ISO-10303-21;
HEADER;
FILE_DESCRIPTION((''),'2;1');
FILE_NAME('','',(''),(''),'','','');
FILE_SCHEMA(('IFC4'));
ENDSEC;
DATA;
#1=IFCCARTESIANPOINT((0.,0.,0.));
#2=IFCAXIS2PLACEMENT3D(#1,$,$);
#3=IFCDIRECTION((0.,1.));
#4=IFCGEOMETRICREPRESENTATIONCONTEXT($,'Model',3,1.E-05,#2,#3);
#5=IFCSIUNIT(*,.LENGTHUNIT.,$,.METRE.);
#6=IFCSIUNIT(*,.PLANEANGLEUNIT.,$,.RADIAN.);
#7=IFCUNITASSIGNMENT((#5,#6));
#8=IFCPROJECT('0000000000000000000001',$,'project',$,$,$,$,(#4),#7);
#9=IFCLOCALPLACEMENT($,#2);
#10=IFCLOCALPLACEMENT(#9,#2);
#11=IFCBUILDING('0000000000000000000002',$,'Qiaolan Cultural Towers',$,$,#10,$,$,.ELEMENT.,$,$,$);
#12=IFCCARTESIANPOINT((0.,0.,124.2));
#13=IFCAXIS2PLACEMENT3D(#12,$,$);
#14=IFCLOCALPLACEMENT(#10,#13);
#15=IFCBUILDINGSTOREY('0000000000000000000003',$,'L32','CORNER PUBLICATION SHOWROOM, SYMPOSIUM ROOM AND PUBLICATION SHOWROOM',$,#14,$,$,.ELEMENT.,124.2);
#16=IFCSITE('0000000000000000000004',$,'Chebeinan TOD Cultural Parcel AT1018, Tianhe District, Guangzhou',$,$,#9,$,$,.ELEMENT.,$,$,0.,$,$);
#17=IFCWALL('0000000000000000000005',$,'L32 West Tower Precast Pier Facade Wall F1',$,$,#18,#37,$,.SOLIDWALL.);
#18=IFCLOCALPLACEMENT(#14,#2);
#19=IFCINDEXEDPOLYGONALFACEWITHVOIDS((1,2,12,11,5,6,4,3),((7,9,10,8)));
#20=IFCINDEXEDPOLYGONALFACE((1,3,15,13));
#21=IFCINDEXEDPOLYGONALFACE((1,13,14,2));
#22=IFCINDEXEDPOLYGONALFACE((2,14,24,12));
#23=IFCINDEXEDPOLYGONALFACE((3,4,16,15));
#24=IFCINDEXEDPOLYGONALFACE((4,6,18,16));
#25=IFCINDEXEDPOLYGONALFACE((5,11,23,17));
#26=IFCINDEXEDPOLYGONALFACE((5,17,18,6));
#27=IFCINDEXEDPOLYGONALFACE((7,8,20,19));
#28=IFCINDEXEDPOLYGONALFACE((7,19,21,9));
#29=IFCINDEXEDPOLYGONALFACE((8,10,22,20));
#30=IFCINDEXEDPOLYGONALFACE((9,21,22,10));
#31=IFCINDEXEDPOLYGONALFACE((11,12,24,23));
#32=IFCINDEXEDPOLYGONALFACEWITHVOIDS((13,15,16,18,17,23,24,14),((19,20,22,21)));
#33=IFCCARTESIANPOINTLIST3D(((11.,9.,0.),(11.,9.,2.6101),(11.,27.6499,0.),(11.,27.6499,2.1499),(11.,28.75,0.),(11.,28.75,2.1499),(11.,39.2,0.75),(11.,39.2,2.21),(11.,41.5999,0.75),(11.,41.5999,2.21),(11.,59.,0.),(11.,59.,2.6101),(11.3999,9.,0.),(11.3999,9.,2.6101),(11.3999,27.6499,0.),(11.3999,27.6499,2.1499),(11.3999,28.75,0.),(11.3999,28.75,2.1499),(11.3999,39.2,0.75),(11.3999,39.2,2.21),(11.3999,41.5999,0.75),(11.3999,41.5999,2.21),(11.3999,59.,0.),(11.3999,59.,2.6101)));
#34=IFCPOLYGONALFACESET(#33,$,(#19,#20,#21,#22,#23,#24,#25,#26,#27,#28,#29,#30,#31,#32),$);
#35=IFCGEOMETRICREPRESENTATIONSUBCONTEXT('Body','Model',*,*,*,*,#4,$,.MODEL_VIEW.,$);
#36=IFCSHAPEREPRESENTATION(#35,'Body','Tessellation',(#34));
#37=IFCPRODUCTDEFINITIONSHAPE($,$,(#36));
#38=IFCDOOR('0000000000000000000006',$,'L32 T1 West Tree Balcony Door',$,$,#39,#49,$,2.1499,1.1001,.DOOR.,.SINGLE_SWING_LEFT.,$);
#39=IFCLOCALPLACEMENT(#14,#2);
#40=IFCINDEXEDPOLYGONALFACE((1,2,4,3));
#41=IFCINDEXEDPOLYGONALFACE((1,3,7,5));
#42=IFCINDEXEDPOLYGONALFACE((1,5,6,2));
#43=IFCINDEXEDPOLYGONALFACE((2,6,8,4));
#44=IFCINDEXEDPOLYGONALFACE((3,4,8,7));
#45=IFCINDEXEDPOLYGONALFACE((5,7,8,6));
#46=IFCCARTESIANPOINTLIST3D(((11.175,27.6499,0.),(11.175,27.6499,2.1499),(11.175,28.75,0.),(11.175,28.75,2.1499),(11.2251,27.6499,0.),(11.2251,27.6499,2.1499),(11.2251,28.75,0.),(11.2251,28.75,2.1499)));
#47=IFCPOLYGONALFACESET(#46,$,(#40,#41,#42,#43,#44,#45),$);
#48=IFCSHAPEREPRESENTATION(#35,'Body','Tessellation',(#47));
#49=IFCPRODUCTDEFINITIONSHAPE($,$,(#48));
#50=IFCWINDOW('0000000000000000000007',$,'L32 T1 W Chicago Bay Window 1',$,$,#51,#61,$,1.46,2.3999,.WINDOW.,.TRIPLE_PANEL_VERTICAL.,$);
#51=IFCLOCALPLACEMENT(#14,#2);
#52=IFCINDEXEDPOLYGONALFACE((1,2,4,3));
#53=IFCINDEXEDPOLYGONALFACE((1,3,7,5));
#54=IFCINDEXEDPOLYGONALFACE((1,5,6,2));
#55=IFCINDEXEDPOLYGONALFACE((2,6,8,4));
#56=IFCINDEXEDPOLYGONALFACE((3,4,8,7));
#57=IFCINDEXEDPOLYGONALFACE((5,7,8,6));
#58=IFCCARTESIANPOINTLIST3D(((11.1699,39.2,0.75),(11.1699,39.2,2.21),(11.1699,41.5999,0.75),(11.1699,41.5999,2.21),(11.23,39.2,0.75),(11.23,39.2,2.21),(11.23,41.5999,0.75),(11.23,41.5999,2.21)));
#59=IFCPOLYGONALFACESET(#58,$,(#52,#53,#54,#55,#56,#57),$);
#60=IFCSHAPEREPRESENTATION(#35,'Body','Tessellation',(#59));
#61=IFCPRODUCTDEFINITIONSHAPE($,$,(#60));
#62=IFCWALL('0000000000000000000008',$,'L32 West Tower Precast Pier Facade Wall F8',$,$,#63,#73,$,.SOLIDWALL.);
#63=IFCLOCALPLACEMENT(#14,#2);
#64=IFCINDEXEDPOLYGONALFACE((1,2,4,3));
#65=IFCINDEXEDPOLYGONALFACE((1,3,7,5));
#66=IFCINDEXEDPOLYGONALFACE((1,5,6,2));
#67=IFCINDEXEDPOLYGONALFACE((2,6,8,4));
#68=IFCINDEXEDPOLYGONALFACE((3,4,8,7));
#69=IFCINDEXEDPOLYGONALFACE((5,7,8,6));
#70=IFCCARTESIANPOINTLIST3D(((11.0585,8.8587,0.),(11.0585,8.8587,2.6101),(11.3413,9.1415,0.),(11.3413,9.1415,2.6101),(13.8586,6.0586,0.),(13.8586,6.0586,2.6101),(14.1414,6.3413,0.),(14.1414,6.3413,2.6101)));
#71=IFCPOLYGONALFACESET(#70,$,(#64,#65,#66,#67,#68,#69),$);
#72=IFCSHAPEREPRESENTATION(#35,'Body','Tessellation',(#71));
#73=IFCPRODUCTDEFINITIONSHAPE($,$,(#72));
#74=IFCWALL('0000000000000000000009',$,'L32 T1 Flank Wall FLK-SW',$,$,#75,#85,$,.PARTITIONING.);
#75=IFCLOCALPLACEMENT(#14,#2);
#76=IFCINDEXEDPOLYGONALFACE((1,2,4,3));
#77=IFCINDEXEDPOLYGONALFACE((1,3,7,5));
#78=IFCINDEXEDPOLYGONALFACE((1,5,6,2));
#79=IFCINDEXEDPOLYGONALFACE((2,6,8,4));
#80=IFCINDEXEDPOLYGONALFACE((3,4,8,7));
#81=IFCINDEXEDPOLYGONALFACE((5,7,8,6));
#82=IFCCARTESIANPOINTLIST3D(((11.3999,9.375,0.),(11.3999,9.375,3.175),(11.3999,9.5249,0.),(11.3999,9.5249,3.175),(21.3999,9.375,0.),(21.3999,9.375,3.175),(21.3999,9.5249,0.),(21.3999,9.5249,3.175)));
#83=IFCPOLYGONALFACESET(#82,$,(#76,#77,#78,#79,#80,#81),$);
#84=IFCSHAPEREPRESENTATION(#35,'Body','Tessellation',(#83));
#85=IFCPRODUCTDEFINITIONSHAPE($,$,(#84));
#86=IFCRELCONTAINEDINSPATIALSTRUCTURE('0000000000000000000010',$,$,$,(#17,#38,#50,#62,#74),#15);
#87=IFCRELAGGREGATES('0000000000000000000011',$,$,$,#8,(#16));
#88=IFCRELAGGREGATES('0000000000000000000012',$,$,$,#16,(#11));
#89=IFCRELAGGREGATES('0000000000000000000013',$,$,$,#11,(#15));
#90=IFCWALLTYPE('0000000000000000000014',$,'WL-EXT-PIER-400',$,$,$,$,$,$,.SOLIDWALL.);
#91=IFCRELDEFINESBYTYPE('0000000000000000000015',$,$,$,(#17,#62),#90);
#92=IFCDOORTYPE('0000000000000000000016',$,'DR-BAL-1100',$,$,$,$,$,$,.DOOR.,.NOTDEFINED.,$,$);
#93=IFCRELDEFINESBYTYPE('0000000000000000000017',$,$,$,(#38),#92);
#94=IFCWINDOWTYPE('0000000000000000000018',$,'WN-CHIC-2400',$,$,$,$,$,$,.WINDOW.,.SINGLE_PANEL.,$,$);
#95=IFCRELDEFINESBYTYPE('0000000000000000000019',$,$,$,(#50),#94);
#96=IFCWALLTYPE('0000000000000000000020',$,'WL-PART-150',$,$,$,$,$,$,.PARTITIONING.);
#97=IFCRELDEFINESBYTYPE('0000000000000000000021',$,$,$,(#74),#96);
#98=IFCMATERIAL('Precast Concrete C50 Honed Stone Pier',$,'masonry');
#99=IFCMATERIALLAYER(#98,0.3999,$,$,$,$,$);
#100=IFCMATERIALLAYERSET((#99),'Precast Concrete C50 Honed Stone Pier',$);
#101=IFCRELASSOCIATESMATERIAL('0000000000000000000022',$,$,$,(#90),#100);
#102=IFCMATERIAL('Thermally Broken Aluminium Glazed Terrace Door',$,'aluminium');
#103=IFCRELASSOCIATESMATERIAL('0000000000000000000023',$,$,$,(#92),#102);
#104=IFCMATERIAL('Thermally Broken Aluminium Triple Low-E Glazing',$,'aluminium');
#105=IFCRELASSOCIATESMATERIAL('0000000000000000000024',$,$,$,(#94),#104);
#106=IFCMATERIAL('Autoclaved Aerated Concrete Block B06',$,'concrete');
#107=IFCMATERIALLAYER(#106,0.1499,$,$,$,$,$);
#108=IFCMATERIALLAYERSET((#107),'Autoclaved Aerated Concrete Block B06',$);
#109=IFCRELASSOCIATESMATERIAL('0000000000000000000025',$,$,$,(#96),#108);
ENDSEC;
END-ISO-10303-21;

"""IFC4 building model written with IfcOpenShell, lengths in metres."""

from ifc_helpers import new_model, si_unit, direction, frame, frame_2d, origin, place, context, subcontext, project, spatial, rectangle, extrude, material, layer, layer_set, type_object, element, fill, save


model = new_model("IFC4")

# Units and contexts
model_context = context("Model", 3, precision=1e-05, world=origin(), true_north=direction((0.0, 1.0)))
body_context = subcontext(model_context, "Body", "Model", "MODEL_VIEW")
ifc_project = project(units=[si_unit("LENGTHUNIT", "METRE"), si_unit("PLANEANGLEUNIT", "RADIAN")], contexts=[model_context])

# Site, building, storey
site_placement = place(None, origin())
site = spatial("IfcSite", under=ifc_project, at=site_placement, Name="Chebeinan TOD Cultural Parcel AT1018, Tianhe District, Guangzhou", CompositionType="ELEMENT", RefElevation=0.0)
building_placement = place(site_placement, origin())
building = spatial("IfcBuilding", under=site, at=building_placement, Name="Qiaolan Cultural Towers", CompositionType="ELEMENT")
storey_placement = place(building_placement, frame((0.0, 0.0, 124.2)))
storey = spatial("IfcBuildingStorey", under=building, at=storey_placement, Name="L32", Description="CORNER PUBLICATION SHOWROOM, SYMPOSIUM ROOM AND PUBLICATION SHOWROOM", CompositionType="ELEMENT", Elevation=124.2)

# Wall, openings, door, window
ifc_material_1 = material(Name="Precast Concrete C50 Honed Stone Pier", Category="masonry")
ifc_layer_1 = layer(ifc_material_1, 0.3999)
ifc_layer_set_1 = layer_set([ifc_layer_1], Name="Precast Concrete C50 Honed Stone Pier")
wall_type_1 = type_object("IfcWallType", Name="WL-EXT-PIER-400", PredefinedType="SOLIDWALL", material=ifc_layer_set_1)
wall_1_placement = place(storey_placement, frame((11.2, 9.0, 0.0), z_axis=(0.0, 0.0, 1.0), x_axis=(0.0, 1.0, 0.0)))
wall_1 = element("IfcWall", 1, at=wall_1_placement, inside=storey, type_object=wall_type_1, Name="L32 West Tower Precast Pier Facade Wall F1", PredefinedType="SOLIDWALL", context=body_context, shape_type="SweptSolid", body=[
    extrude(rectangle(XDim=50.0, YDim=0.3999, at=frame_2d((25.0, 0.0))), origin(), (0.0, 0.0, 1.0), 2.6101),
])
opening_1_placement = place(wall_1_placement, frame((30.2, 0.0, 0.75)))
opening_1 = element("IfcOpeningElement", 2, at=opening_1_placement, cuts=wall_1, PredefinedType="OPENING", context=body_context, shape_type="SweptSolid", body=[
    extrude(rectangle(XDim=2.3999, YDim=1.46, at=frame_2d((1.2, 0.73))), frame((0.0, 0.21, 0.0), z_axis=(0.0, -1.0, 0.0), x_axis=(1.0, 0.0, 0.0)), (0.0, 0.0, 1.0), 0.4199),
])
opening_2_placement = place(wall_1_placement, frame((18.6499, 0.0, 0.0)))
opening_2 = element("IfcOpeningElement", 3, at=opening_2_placement, cuts=wall_1, PredefinedType="OPENING", context=body_context, shape_type="SweptSolid", body=[
    extrude(rectangle(XDim=1.1001, YDim=2.1499, at=frame_2d((0.55, 1.075))), frame((0.0, 0.21, 0.0), z_axis=(0.0, -1.0, 0.0), x_axis=(1.0, 0.0, 0.0)), (0.0, 0.0, 1.0), 0.4199),
])
ifc_material_2 = material(Name="Thermally Broken Aluminium Glazed Terrace Door", Category="aluminium")
door_type = type_object("IfcDoorType", Name="DR-BAL-1100", OperationType="NOTDEFINED", PredefinedType="DOOR", material=ifc_material_2)
door_placement = place(opening_2_placement, origin())
door = element("IfcDoor", 4, at=door_placement, inside=storey, type_object=door_type, Name="L32 T1 West Tree Balcony Door", OperationType="SINGLE_SWING_LEFT", OverallHeight=2.1499, OverallWidth=1.1001, PredefinedType="DOOR", context=body_context, shape_type="SweptSolid", body=[
    extrude(rectangle(XDim=1.1001, YDim=2.1499, at=frame_2d((0.55, 1.075))), frame((0.0, 0.0249, 0.0), z_axis=(0.0, -1.0, 0.0), x_axis=(1.0, 0.0, 0.0)), (0.0, 0.0, 1.0), 0.05),
])
fill(opening_2, door)
ifc_material_3 = material(Name="Thermally Broken Aluminium Triple Low-E Glazing", Category="aluminium")
window_type = type_object("IfcWindowType", Name="WN-CHIC-2400", PartitioningType="SINGLE_PANEL", PredefinedType="WINDOW", material=ifc_material_3)
window_placement = place(opening_1_placement, origin())
window = element("IfcWindow", 5, at=window_placement, inside=storey, type_object=window_type, Name="L32 T1 W Chicago Bay Window 1", OverallHeight=1.46, OverallWidth=2.3999, PartitioningType="TRIPLE_PANEL_VERTICAL", PredefinedType="WINDOW", context=body_context, shape_type="SweptSolid", body=[
    extrude(rectangle(XDim=2.3999, YDim=1.46, at=frame_2d((1.2, 0.73))), frame((0.0, 0.03, 0.0), z_axis=(0.0, -1.0, 0.0), x_axis=(1.0, 0.0, 0.0)), (0.0, 0.0, 1.0), 0.0601),
])
fill(opening_1, window)

# Walls
wall_2_placement = place(storey_placement, frame((14.0, 6.2, 0.0), z_axis=(0.0, 0.0, 1.0), x_axis=(-0.707107, 0.707107, 0.0)))
element("IfcWall", 6, at=wall_2_placement, inside=storey, type_object=wall_type_1, Name="L32 West Tower Precast Pier Facade Wall F8", PredefinedType="SOLIDWALL", context=body_context, shape_type="SweptSolid", body=[
    extrude(rectangle(XDim=3.96, YDim=0.3999, at=frame_2d((1.98, 0.0))), origin(), (0.0, 0.0, 1.0), 2.6101),
])
ifc_material_4 = material(Name="Autoclaved Aerated Concrete Block B06", Category="concrete")
ifc_layer_2 = layer(ifc_material_4, 0.1499)
ifc_layer_set_2 = layer_set([ifc_layer_2], Name="Autoclaved Aerated Concrete Block B06")
wall_type_2 = type_object("IfcWallType", Name="WL-PART-150", PredefinedType="PARTITIONING", material=ifc_layer_set_2)
wall_3_placement = place(storey_placement, frame((11.3999, 9.45, 0.0), z_axis=(0.0, 0.0, 1.0), x_axis=(1.0, 0.0, 0.0)))
element("IfcWall", 7, at=wall_3_placement, inside=storey, type_object=wall_type_2, Name="L32 T1 Flank Wall FLK-SW", PredefinedType="PARTITIONING", context=body_context, shape_type="SweptSolid", body=[
    extrude(rectangle(XDim=10.0, YDim=0.1499, at=frame_2d((5.0, 0.0))), origin(), (0.0, 0.0, 1.0), 3.175),
])

save(model, "model.ifc")
